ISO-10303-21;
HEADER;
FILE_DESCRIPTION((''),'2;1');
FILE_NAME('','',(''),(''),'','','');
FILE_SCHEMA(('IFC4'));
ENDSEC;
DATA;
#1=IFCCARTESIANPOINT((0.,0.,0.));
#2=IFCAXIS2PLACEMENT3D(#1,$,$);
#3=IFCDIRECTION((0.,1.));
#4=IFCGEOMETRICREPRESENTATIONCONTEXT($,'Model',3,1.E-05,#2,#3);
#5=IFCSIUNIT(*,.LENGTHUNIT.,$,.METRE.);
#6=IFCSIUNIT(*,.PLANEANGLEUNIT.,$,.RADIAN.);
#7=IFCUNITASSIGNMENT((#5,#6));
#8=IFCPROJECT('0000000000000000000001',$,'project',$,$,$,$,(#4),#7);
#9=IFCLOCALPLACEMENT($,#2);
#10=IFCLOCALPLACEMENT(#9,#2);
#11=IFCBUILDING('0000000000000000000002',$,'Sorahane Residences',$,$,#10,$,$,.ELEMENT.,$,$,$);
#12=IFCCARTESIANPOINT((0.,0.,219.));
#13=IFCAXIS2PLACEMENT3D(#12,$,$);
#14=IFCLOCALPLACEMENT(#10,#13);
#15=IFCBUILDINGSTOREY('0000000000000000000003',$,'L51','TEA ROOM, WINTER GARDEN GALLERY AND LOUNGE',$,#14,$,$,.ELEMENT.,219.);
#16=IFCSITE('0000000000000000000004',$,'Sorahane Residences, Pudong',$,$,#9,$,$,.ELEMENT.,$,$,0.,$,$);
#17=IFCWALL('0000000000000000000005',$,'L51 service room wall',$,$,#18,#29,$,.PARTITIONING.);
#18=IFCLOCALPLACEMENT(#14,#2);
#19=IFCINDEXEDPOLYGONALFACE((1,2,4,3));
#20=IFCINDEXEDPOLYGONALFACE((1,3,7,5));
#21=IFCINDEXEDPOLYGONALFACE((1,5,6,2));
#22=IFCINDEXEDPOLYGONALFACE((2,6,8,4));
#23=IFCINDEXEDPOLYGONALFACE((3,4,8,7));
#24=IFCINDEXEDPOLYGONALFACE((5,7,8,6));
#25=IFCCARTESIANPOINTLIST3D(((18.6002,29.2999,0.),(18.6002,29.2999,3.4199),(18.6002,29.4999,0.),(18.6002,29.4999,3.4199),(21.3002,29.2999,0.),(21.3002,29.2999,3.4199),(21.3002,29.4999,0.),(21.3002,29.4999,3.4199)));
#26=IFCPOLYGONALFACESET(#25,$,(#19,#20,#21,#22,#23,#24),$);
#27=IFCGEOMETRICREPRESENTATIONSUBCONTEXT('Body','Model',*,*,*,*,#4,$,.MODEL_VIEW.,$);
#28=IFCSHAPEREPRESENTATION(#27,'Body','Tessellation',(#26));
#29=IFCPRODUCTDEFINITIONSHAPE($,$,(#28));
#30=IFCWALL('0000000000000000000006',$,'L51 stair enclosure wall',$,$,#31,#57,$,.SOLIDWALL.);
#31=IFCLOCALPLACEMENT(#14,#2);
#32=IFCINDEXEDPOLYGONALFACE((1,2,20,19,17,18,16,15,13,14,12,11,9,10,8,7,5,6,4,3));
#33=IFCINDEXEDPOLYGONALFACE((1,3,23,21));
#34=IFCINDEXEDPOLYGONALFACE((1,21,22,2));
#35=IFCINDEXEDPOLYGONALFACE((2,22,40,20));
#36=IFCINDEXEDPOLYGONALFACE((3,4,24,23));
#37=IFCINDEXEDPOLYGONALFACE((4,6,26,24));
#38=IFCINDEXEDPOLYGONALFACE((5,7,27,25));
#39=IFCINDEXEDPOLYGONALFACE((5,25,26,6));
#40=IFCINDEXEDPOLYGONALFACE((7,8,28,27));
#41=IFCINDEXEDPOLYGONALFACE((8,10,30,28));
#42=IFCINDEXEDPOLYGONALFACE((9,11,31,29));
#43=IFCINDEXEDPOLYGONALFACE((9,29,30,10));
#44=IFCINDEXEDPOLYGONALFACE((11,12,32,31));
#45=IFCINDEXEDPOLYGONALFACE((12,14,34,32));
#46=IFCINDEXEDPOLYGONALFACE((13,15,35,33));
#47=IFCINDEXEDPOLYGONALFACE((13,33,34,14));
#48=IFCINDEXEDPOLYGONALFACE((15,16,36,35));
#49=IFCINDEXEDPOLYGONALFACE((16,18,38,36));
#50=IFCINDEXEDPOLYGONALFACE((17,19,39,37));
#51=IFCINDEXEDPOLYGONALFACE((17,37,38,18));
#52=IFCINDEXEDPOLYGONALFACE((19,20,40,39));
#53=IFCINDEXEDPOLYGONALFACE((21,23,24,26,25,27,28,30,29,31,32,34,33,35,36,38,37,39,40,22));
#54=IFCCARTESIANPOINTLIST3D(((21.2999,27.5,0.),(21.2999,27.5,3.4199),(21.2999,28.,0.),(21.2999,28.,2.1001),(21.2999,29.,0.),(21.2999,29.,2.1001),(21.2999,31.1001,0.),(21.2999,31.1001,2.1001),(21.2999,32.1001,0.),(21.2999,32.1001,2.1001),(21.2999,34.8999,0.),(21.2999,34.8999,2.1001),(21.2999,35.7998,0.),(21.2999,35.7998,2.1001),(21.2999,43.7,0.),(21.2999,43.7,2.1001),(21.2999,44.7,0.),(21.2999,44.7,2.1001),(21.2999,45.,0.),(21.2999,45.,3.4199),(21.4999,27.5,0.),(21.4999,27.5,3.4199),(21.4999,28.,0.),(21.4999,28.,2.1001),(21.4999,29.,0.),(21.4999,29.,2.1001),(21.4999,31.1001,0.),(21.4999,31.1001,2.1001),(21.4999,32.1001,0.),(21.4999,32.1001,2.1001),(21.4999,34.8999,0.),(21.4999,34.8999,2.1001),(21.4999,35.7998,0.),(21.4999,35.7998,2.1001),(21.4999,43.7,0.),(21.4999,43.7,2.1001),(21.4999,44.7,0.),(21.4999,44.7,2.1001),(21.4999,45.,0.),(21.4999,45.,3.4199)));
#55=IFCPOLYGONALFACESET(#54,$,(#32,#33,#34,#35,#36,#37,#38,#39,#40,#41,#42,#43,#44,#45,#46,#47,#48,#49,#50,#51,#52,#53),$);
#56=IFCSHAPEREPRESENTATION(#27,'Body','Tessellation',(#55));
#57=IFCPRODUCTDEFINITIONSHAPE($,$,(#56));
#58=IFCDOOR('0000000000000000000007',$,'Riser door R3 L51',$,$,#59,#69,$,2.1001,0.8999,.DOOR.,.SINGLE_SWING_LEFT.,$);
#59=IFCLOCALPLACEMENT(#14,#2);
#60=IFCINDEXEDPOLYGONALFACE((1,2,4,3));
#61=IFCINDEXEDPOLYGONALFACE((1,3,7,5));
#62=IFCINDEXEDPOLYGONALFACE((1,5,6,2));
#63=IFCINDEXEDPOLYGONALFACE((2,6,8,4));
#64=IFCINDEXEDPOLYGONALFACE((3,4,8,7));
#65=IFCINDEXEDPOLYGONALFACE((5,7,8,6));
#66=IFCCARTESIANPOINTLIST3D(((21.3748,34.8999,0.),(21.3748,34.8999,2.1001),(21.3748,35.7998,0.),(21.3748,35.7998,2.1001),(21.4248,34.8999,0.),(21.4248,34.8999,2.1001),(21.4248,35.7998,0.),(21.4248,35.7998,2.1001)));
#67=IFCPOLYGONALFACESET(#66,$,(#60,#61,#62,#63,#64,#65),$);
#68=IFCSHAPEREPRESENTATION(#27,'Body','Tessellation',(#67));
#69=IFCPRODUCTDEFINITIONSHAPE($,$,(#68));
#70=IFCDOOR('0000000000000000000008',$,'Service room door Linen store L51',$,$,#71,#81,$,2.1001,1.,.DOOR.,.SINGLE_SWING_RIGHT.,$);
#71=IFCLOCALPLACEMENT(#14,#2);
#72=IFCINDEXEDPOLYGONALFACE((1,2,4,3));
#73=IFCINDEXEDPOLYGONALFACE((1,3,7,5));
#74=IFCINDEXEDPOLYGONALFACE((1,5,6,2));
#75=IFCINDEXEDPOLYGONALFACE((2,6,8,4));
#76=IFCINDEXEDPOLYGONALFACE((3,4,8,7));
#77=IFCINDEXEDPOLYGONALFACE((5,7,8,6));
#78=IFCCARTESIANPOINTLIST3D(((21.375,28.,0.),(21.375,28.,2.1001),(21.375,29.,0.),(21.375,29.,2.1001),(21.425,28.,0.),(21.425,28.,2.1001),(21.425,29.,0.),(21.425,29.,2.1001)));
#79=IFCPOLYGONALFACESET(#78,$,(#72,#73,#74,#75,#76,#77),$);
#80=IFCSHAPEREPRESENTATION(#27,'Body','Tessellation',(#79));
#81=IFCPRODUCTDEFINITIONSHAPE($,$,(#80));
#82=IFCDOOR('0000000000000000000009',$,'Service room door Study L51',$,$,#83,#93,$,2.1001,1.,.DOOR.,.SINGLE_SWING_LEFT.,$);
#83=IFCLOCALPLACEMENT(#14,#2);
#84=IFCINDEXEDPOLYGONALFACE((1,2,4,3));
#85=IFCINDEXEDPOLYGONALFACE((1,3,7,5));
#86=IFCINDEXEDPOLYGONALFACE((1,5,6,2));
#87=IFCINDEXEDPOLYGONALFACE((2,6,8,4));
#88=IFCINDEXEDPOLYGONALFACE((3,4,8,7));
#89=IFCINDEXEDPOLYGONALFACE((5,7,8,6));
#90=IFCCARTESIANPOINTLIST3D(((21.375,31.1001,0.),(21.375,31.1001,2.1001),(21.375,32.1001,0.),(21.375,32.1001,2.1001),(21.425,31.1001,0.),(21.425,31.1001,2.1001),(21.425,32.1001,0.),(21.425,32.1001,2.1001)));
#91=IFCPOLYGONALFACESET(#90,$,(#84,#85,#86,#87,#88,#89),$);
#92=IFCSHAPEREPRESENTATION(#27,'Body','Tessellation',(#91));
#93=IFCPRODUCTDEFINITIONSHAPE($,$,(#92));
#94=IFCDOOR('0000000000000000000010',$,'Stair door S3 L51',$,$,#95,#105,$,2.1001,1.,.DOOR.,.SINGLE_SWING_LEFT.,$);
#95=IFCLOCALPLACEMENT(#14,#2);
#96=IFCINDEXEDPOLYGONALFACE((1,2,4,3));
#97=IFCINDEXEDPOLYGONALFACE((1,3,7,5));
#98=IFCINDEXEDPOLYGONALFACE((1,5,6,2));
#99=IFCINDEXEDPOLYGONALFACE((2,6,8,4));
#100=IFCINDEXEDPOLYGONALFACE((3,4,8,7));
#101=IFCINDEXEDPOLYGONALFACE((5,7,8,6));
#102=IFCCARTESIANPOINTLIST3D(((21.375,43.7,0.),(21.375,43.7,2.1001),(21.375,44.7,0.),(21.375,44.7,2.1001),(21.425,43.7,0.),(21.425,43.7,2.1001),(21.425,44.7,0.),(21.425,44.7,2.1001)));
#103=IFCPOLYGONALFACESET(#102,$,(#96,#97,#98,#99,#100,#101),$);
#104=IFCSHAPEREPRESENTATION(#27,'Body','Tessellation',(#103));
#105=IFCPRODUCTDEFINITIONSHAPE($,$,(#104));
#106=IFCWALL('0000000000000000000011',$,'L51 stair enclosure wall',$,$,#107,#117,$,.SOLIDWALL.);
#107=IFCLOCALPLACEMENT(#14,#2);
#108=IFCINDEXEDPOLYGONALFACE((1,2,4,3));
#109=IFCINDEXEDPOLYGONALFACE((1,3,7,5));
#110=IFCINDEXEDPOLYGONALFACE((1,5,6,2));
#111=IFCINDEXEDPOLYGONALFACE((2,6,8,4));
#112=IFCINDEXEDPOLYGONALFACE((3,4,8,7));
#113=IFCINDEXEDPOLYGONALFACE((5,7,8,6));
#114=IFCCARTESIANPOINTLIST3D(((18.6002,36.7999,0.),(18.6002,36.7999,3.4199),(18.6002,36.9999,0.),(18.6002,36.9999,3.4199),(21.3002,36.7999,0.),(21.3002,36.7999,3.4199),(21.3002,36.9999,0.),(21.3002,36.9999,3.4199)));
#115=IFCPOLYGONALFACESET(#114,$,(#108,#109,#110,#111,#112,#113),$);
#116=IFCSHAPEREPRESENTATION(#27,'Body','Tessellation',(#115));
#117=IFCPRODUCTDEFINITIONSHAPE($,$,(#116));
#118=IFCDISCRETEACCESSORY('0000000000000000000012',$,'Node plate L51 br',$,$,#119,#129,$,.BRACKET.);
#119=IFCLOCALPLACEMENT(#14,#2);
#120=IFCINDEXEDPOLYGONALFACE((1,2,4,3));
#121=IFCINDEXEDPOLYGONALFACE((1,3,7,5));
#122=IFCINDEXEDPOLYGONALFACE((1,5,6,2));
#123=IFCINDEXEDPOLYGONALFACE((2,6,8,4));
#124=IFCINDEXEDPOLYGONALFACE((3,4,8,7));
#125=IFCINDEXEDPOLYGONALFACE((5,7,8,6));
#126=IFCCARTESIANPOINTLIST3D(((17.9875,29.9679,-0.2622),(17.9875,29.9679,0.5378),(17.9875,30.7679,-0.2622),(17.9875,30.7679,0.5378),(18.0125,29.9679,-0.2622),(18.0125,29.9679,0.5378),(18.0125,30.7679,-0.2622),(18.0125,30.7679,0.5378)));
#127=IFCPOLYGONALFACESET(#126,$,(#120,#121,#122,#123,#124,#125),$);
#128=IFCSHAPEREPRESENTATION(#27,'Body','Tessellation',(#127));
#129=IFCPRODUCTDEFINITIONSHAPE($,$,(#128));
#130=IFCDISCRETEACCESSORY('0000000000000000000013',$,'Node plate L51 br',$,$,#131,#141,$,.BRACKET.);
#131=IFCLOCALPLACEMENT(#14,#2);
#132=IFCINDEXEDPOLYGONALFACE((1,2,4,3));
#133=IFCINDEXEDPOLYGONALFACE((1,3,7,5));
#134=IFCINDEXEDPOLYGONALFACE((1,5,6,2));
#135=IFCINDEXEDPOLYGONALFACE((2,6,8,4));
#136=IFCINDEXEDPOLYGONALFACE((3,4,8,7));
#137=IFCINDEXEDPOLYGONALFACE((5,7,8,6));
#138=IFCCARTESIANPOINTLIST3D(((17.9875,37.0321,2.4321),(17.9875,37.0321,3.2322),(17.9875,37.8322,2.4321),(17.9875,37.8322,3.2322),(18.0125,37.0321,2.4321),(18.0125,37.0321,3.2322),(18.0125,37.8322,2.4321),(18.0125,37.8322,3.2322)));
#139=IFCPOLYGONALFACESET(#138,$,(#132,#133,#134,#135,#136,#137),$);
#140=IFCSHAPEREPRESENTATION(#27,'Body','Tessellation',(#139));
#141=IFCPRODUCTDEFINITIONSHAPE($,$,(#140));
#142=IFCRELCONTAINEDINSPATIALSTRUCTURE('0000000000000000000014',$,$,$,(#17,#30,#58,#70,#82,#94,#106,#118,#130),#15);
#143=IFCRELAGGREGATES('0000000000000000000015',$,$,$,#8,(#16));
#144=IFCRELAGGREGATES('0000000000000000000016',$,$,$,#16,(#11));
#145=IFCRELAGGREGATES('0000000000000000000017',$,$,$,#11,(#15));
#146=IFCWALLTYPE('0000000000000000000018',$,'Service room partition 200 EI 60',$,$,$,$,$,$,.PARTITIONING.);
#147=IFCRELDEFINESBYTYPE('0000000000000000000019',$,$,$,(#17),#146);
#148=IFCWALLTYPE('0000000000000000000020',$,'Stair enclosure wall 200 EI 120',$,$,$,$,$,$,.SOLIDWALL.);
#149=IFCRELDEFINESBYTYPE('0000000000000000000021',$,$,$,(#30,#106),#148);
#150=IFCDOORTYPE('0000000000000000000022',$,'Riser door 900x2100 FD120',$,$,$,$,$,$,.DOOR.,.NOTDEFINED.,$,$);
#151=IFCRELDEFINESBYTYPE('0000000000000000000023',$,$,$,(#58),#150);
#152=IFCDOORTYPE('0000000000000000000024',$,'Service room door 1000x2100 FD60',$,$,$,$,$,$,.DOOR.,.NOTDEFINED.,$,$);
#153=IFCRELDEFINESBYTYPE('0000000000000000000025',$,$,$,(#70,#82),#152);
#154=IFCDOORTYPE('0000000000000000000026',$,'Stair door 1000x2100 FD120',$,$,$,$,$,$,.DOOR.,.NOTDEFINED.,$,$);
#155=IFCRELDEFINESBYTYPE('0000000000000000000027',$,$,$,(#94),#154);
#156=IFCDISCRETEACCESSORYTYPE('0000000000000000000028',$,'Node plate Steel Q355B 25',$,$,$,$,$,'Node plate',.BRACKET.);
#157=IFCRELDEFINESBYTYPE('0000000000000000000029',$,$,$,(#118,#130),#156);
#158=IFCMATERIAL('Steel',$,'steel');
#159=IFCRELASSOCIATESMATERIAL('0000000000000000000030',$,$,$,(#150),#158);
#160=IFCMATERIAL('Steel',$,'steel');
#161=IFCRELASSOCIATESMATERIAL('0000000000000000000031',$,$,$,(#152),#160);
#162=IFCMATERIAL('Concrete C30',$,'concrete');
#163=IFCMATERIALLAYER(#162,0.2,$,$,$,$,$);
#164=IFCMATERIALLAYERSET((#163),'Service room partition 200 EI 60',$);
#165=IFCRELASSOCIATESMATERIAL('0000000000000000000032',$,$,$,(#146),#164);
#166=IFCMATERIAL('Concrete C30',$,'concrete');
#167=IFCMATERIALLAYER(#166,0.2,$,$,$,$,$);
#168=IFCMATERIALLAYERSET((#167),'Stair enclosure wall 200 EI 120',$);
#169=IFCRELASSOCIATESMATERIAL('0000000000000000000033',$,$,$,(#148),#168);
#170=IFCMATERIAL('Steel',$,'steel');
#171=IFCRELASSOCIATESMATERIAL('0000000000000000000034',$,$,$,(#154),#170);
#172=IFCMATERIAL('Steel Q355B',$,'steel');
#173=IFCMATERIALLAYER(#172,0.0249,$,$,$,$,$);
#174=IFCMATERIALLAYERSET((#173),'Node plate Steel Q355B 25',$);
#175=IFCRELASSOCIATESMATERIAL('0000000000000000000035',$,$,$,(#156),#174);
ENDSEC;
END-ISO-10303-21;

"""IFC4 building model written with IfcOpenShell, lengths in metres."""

from ifc_helpers import new_model, si_unit, direction, frame, frame_2d, origin, origin_2d, place, context, subcontext, project, spatial, rectangle, extrude, material, layer, layer_set, type_object, element, fill, save


model = new_model("IFC4")

# Units and contexts
model_context = context("Model", 3, precision=1e-05, world=origin(), true_north=direction((0.0, 1.0)))
body_context = subcontext(model_context, "Body", "Model", "MODEL_VIEW")
ifc_project = project(units=[si_unit("LENGTHUNIT", "METRE"), si_unit("PLANEANGLEUNIT", "RADIAN")], contexts=[model_context])

# Site, building, storey
site_placement = place(None, origin())
site = spatial("IfcSite", under=ifc_project, at=site_placement, Name="Sorahane Residences, Pudong", CompositionType="ELEMENT", RefElevation=0.0)
building_placement = place(site_placement, origin())
building = spatial("IfcBuilding", under=site, at=building_placement, Name="Sorahane Residences", CompositionType="ELEMENT")
storey_placement = place(building_placement, frame((0.0, 0.0, 219.0)))
storey = spatial("IfcBuildingStorey", under=building, at=storey_placement, Name="L51", Description="TEA ROOM, WINTER GARDEN GALLERY AND LOUNGE", CompositionType="ELEMENT", Elevation=219.0)

# Shared definitions
ifc_material_1 = material(Name="Steel", Category="steel")
door_type_1 = type_object("IfcDoorType", Name="Riser door 900x2100 FD120", OperationType="NOTDEFINED", PredefinedType="DOOR", material=ifc_material_1)
ifc_material_2 = material(Name="Steel", Category="steel")
door_type_2 = type_object("IfcDoorType", Name="Service room door 1000x2100 FD60", OperationType="NOTDEFINED", PredefinedType="DOOR", material=ifc_material_2)

# Wall
ifc_material_3 = material(Name="Concrete C30", Category="concrete")
ifc_layer_1 = layer(ifc_material_3, 0.2)
ifc_layer_set_1 = layer_set([ifc_layer_1], Name="Service room partition 200 EI 60")
wall_type_1 = type_object("IfcWallType", Name="Service room partition 200 EI 60", PredefinedType="PARTITIONING", material=ifc_layer_set_1)
for number, where, z_axis, x_axis, name in (
    (1, (18.6001, 29.3999, 0.0), (0.0, 0.0, 1.0), (1.0, 0.0, 0.0), "L51 service room wall"),
):
    element("IfcWall", number, at=place(storey_placement, frame(where, z_axis=z_axis, x_axis=x_axis)), inside=storey, type_object=wall_type_1, Name=name, PredefinedType="PARTITIONING", context=body_context, shape_type="SweptSolid", body=[
        extrude(rectangle(XDim=2.7, YDim=0.2, at=frame_2d((1.3501, 0.0))), origin(), (0.0, 0.0, 1.0), 3.4199),
    ])

# Wall, openings, doors
ifc_material_4 = material(Name="Concrete C30", Category="concrete")
ifc_layer_2 = layer(ifc_material_4, 0.2)
ifc_layer_set_2 = layer_set([ifc_layer_2], Name="Stair enclosure wall 200 EI 120")
wall_type_2 = type_object("IfcWallType", Name="Stair enclosure wall 200 EI 120", PredefinedType="SOLIDWALL", material=ifc_layer_set_2)
wall_1_placement = place(storey_placement, frame((21.3999, 27.5, 0.0), z_axis=(0.0, 0.0, 1.0), x_axis=(0.0, 1.0, 0.0)))
wall_1 = element("IfcWall", 2, at=wall_1_placement, inside=storey, type_object=wall_type_2, Name="L51 stair enclosure wall", PredefinedType="SOLIDWALL", context=body_context, shape_type="SweptSolid", body=[
    extrude(rectangle(XDim=17.5, YDim=0.2, at=frame_2d((8.75, 0.0))), origin(), (0.0, 0.0, 1.0), 3.4199),
])
opening_1_placement = place(wall_1_placement, frame((0.5, 0.0, 0.0)))
opening_1 = element("IfcOpeningElement", 3, at=opening_1_placement, cuts=wall_1, PredefinedType="OPENING", context=body_context, shape_type="SweptSolid", body=[
    extrude(rectangle(XDim=1.0, YDim=2.1001, at=frame_2d((0.5, 1.05))), frame((0.0, 0.1099, 0.0), z_axis=(0.0, -1.0, 0.0), x_axis=(1.0, 0.0, 0.0)), (0.0, 0.0, 1.0), 0.22),
])
opening_2_placement = place(wall_1_placement, frame((3.6001, 0.0, 0.0)))
opening_2 = element("IfcOpeningElement", 4, at=opening_2_placement, cuts=wall_1, PredefinedType="OPENING", context=body_context, shape_type="SweptSolid", body=[
    extrude(rectangle(XDim=1.0, YDim=2.1001, at=frame_2d((0.5, 1.05))), frame((0.0, 0.1099, 0.0), z_axis=(0.0, -1.0, 0.0), x_axis=(1.0, 0.0, 0.0)), (0.0, 0.0, 1.0), 0.22),
])
opening_3_placement = place(wall_1_placement, frame((16.2, 0.0, 0.0)))
opening_3 = element("IfcOpeningElement", 5, at=opening_3_placement, cuts=wall_1, PredefinedType="OPENING", context=body_context, shape_type="SweptSolid", body=[
    extrude(rectangle(XDim=1.0, YDim=2.1001, at=frame_2d((0.5, 1.05))), frame((0.0, 0.1099, 0.0), z_axis=(0.0, -1.0, 0.0), x_axis=(1.0, 0.0, 0.0)), (0.0, 0.0, 1.0), 0.22),
])
opening_4_placement = place(wall_1_placement, frame((7.3999, 0.0, 0.0)))
opening_4 = element("IfcOpeningElement", 6, at=opening_4_placement, cuts=wall_1, PredefinedType="OPENING", context=body_context, shape_type="SweptSolid", body=[
    extrude(rectangle(XDim=0.8999, YDim=2.1001, at=frame_2d((0.45, 1.05))), frame((0.0, 0.1099, 0.0), z_axis=(0.0, -1.0, 0.0), x_axis=(1.0, 0.0, 0.0)), (0.0, 0.0, 1.0), 0.22),
])
door_1_placement = place(opening_4_placement, frame((0.8999, 0.0, 0.0), z_axis=(0.0, 0.0, 1.0), x_axis=(-1.0, 0.0, 0.0)))
door_1 = element("IfcDoor", 7, at=door_1_placement, inside=storey, type_object=door_type_1, Name="Riser door R3 L51", OperationType="SINGLE_SWING_LEFT", OverallHeight=2.1001, OverallWidth=0.8999, PredefinedType="DOOR", context=body_context, shape_type="SweptSolid", body=[
    extrude(rectangle(XDim=0.8999, YDim=2.1001, at=frame_2d((0.45, 1.05))), frame((0.0, 0.0249, 0.0), z_axis=(0.0, -1.0, 0.0), x_axis=(1.0, 0.0, 0.0)), (0.0, 0.0, 1.0), 0.05),
])
fill(opening_4, door_1)
door_2_placement = place(opening_1_placement, origin())
door_2 = element("IfcDoor", 8, at=door_2_placement, inside=storey, type_object=door_type_2, Name="Service room door Linen store L51", OperationType="SINGLE_SWING_RIGHT", OverallHeight=2.1001, OverallWidth=1.0, PredefinedType="DOOR", context=body_context, shape_type="SweptSolid", body=[
    extrude(rectangle(XDim=1.0, YDim=2.1001, at=frame_2d((0.5, 1.05))), frame((0.0, 0.0249, 0.0), z_axis=(0.0, -1.0, 0.0), x_axis=(1.0, 0.0, 0.0)), (0.0, 0.0, 1.0), 0.05),
])
fill(opening_1, door_2)
door_3_placement = place(opening_2_placement, origin())
door_3 = element("IfcDoor", 9, at=door_3_placement, inside=storey, type_object=door_type_2, Name="Service room door Study L51", OperationType="SINGLE_SWING_LEFT", OverallHeight=2.1001, OverallWidth=1.0, PredefinedType="DOOR", context=body_context, shape_type="SweptSolid", body=[
    extrude(rectangle(XDim=1.0, YDim=2.1001, at=frame_2d((0.5, 1.05))), frame((0.0, 0.0249, 0.0), z_axis=(0.0, -1.0, 0.0), x_axis=(1.0, 0.0, 0.0)), (0.0, 0.0, 1.0), 0.05),
])
fill(opening_2, door_3)
ifc_material_5 = material(Name="Steel", Category="steel")
door_type_3 = type_object("IfcDoorType", Name="Stair door 1000x2100 FD120", OperationType="NOTDEFINED", PredefinedType="DOOR", material=ifc_material_5)
door_4_placement = place(opening_3_placement, origin())
door_4 = element("IfcDoor", 10, at=door_4_placement, inside=storey, type_object=door_type_3, Name="Stair door S3 L51", OperationType="SINGLE_SWING_LEFT", OverallHeight=2.1001, OverallWidth=1.0, PredefinedType="DOOR", context=body_context, shape_type="SweptSolid", body=[
    extrude(rectangle(XDim=1.0, YDim=2.1001, at=frame_2d((0.5, 1.05))), frame((0.0, 0.0249, 0.0), z_axis=(0.0, -1.0, 0.0), x_axis=(1.0, 0.0, 0.0)), (0.0, 0.0, 1.0), 0.05),
])
fill(opening_3, door_4)

# Wall
wall_2_placement = place(storey_placement, frame((18.6001, 36.8999, 0.0), z_axis=(0.0, 0.0, 1.0), x_axis=(1.0, 0.0, 0.0)))
element("IfcWall", 11, at=wall_2_placement, inside=storey, type_object=wall_type_2, Name="L51 stair enclosure wall", PredefinedType="SOLIDWALL", context=body_context, shape_type="SweptSolid", body=[
    extrude(rectangle(XDim=2.7, YDim=0.2, at=frame_2d((1.3501, 0.0))), origin(), (0.0, 0.0, 1.0), 3.4199),
])

# Discrete accessories
ifc_material_6 = material(Name="Steel Q355B", Category="steel")
ifc_layer_3 = layer(ifc_material_6, 0.0249)
ifc_layer_set_3 = layer_set([ifc_layer_3], Name="Node plate Steel Q355B 25")
discrete_accessory_type = type_object("IfcDiscreteAccessoryType", Name="Node plate Steel Q355B 25", ElementType="Node plate", PredefinedType="BRACKET", material=ifc_layer_set_3)
for number, where, z_axis, x_axis, name in (
    (12, (18.0, 30.3679, -0.2622), (0.0, 0.0, 1.0), (0.0, 1.0, 0.0), "Node plate L51 br"),
    (13, (18.0, 37.4321, 2.4321), (0.0, 0.0, 1.0), (0.0, 1.0, 0.0), "Node plate L51 br"),
):
    element("IfcDiscreteAccessory", number, at=place(storey_placement, frame(where, z_axis=z_axis, x_axis=x_axis)), inside=storey, type_object=discrete_accessory_type, Name=name, PredefinedType="BRACKET", context=body_context, shape_type="SweptSolid", body=[
        extrude(rectangle(XDim=0.8, YDim=0.0249, at=origin_2d()), origin(), (0.0, 0.0, 1.0), 0.8),
    ])

save(model, "model.ifc")
